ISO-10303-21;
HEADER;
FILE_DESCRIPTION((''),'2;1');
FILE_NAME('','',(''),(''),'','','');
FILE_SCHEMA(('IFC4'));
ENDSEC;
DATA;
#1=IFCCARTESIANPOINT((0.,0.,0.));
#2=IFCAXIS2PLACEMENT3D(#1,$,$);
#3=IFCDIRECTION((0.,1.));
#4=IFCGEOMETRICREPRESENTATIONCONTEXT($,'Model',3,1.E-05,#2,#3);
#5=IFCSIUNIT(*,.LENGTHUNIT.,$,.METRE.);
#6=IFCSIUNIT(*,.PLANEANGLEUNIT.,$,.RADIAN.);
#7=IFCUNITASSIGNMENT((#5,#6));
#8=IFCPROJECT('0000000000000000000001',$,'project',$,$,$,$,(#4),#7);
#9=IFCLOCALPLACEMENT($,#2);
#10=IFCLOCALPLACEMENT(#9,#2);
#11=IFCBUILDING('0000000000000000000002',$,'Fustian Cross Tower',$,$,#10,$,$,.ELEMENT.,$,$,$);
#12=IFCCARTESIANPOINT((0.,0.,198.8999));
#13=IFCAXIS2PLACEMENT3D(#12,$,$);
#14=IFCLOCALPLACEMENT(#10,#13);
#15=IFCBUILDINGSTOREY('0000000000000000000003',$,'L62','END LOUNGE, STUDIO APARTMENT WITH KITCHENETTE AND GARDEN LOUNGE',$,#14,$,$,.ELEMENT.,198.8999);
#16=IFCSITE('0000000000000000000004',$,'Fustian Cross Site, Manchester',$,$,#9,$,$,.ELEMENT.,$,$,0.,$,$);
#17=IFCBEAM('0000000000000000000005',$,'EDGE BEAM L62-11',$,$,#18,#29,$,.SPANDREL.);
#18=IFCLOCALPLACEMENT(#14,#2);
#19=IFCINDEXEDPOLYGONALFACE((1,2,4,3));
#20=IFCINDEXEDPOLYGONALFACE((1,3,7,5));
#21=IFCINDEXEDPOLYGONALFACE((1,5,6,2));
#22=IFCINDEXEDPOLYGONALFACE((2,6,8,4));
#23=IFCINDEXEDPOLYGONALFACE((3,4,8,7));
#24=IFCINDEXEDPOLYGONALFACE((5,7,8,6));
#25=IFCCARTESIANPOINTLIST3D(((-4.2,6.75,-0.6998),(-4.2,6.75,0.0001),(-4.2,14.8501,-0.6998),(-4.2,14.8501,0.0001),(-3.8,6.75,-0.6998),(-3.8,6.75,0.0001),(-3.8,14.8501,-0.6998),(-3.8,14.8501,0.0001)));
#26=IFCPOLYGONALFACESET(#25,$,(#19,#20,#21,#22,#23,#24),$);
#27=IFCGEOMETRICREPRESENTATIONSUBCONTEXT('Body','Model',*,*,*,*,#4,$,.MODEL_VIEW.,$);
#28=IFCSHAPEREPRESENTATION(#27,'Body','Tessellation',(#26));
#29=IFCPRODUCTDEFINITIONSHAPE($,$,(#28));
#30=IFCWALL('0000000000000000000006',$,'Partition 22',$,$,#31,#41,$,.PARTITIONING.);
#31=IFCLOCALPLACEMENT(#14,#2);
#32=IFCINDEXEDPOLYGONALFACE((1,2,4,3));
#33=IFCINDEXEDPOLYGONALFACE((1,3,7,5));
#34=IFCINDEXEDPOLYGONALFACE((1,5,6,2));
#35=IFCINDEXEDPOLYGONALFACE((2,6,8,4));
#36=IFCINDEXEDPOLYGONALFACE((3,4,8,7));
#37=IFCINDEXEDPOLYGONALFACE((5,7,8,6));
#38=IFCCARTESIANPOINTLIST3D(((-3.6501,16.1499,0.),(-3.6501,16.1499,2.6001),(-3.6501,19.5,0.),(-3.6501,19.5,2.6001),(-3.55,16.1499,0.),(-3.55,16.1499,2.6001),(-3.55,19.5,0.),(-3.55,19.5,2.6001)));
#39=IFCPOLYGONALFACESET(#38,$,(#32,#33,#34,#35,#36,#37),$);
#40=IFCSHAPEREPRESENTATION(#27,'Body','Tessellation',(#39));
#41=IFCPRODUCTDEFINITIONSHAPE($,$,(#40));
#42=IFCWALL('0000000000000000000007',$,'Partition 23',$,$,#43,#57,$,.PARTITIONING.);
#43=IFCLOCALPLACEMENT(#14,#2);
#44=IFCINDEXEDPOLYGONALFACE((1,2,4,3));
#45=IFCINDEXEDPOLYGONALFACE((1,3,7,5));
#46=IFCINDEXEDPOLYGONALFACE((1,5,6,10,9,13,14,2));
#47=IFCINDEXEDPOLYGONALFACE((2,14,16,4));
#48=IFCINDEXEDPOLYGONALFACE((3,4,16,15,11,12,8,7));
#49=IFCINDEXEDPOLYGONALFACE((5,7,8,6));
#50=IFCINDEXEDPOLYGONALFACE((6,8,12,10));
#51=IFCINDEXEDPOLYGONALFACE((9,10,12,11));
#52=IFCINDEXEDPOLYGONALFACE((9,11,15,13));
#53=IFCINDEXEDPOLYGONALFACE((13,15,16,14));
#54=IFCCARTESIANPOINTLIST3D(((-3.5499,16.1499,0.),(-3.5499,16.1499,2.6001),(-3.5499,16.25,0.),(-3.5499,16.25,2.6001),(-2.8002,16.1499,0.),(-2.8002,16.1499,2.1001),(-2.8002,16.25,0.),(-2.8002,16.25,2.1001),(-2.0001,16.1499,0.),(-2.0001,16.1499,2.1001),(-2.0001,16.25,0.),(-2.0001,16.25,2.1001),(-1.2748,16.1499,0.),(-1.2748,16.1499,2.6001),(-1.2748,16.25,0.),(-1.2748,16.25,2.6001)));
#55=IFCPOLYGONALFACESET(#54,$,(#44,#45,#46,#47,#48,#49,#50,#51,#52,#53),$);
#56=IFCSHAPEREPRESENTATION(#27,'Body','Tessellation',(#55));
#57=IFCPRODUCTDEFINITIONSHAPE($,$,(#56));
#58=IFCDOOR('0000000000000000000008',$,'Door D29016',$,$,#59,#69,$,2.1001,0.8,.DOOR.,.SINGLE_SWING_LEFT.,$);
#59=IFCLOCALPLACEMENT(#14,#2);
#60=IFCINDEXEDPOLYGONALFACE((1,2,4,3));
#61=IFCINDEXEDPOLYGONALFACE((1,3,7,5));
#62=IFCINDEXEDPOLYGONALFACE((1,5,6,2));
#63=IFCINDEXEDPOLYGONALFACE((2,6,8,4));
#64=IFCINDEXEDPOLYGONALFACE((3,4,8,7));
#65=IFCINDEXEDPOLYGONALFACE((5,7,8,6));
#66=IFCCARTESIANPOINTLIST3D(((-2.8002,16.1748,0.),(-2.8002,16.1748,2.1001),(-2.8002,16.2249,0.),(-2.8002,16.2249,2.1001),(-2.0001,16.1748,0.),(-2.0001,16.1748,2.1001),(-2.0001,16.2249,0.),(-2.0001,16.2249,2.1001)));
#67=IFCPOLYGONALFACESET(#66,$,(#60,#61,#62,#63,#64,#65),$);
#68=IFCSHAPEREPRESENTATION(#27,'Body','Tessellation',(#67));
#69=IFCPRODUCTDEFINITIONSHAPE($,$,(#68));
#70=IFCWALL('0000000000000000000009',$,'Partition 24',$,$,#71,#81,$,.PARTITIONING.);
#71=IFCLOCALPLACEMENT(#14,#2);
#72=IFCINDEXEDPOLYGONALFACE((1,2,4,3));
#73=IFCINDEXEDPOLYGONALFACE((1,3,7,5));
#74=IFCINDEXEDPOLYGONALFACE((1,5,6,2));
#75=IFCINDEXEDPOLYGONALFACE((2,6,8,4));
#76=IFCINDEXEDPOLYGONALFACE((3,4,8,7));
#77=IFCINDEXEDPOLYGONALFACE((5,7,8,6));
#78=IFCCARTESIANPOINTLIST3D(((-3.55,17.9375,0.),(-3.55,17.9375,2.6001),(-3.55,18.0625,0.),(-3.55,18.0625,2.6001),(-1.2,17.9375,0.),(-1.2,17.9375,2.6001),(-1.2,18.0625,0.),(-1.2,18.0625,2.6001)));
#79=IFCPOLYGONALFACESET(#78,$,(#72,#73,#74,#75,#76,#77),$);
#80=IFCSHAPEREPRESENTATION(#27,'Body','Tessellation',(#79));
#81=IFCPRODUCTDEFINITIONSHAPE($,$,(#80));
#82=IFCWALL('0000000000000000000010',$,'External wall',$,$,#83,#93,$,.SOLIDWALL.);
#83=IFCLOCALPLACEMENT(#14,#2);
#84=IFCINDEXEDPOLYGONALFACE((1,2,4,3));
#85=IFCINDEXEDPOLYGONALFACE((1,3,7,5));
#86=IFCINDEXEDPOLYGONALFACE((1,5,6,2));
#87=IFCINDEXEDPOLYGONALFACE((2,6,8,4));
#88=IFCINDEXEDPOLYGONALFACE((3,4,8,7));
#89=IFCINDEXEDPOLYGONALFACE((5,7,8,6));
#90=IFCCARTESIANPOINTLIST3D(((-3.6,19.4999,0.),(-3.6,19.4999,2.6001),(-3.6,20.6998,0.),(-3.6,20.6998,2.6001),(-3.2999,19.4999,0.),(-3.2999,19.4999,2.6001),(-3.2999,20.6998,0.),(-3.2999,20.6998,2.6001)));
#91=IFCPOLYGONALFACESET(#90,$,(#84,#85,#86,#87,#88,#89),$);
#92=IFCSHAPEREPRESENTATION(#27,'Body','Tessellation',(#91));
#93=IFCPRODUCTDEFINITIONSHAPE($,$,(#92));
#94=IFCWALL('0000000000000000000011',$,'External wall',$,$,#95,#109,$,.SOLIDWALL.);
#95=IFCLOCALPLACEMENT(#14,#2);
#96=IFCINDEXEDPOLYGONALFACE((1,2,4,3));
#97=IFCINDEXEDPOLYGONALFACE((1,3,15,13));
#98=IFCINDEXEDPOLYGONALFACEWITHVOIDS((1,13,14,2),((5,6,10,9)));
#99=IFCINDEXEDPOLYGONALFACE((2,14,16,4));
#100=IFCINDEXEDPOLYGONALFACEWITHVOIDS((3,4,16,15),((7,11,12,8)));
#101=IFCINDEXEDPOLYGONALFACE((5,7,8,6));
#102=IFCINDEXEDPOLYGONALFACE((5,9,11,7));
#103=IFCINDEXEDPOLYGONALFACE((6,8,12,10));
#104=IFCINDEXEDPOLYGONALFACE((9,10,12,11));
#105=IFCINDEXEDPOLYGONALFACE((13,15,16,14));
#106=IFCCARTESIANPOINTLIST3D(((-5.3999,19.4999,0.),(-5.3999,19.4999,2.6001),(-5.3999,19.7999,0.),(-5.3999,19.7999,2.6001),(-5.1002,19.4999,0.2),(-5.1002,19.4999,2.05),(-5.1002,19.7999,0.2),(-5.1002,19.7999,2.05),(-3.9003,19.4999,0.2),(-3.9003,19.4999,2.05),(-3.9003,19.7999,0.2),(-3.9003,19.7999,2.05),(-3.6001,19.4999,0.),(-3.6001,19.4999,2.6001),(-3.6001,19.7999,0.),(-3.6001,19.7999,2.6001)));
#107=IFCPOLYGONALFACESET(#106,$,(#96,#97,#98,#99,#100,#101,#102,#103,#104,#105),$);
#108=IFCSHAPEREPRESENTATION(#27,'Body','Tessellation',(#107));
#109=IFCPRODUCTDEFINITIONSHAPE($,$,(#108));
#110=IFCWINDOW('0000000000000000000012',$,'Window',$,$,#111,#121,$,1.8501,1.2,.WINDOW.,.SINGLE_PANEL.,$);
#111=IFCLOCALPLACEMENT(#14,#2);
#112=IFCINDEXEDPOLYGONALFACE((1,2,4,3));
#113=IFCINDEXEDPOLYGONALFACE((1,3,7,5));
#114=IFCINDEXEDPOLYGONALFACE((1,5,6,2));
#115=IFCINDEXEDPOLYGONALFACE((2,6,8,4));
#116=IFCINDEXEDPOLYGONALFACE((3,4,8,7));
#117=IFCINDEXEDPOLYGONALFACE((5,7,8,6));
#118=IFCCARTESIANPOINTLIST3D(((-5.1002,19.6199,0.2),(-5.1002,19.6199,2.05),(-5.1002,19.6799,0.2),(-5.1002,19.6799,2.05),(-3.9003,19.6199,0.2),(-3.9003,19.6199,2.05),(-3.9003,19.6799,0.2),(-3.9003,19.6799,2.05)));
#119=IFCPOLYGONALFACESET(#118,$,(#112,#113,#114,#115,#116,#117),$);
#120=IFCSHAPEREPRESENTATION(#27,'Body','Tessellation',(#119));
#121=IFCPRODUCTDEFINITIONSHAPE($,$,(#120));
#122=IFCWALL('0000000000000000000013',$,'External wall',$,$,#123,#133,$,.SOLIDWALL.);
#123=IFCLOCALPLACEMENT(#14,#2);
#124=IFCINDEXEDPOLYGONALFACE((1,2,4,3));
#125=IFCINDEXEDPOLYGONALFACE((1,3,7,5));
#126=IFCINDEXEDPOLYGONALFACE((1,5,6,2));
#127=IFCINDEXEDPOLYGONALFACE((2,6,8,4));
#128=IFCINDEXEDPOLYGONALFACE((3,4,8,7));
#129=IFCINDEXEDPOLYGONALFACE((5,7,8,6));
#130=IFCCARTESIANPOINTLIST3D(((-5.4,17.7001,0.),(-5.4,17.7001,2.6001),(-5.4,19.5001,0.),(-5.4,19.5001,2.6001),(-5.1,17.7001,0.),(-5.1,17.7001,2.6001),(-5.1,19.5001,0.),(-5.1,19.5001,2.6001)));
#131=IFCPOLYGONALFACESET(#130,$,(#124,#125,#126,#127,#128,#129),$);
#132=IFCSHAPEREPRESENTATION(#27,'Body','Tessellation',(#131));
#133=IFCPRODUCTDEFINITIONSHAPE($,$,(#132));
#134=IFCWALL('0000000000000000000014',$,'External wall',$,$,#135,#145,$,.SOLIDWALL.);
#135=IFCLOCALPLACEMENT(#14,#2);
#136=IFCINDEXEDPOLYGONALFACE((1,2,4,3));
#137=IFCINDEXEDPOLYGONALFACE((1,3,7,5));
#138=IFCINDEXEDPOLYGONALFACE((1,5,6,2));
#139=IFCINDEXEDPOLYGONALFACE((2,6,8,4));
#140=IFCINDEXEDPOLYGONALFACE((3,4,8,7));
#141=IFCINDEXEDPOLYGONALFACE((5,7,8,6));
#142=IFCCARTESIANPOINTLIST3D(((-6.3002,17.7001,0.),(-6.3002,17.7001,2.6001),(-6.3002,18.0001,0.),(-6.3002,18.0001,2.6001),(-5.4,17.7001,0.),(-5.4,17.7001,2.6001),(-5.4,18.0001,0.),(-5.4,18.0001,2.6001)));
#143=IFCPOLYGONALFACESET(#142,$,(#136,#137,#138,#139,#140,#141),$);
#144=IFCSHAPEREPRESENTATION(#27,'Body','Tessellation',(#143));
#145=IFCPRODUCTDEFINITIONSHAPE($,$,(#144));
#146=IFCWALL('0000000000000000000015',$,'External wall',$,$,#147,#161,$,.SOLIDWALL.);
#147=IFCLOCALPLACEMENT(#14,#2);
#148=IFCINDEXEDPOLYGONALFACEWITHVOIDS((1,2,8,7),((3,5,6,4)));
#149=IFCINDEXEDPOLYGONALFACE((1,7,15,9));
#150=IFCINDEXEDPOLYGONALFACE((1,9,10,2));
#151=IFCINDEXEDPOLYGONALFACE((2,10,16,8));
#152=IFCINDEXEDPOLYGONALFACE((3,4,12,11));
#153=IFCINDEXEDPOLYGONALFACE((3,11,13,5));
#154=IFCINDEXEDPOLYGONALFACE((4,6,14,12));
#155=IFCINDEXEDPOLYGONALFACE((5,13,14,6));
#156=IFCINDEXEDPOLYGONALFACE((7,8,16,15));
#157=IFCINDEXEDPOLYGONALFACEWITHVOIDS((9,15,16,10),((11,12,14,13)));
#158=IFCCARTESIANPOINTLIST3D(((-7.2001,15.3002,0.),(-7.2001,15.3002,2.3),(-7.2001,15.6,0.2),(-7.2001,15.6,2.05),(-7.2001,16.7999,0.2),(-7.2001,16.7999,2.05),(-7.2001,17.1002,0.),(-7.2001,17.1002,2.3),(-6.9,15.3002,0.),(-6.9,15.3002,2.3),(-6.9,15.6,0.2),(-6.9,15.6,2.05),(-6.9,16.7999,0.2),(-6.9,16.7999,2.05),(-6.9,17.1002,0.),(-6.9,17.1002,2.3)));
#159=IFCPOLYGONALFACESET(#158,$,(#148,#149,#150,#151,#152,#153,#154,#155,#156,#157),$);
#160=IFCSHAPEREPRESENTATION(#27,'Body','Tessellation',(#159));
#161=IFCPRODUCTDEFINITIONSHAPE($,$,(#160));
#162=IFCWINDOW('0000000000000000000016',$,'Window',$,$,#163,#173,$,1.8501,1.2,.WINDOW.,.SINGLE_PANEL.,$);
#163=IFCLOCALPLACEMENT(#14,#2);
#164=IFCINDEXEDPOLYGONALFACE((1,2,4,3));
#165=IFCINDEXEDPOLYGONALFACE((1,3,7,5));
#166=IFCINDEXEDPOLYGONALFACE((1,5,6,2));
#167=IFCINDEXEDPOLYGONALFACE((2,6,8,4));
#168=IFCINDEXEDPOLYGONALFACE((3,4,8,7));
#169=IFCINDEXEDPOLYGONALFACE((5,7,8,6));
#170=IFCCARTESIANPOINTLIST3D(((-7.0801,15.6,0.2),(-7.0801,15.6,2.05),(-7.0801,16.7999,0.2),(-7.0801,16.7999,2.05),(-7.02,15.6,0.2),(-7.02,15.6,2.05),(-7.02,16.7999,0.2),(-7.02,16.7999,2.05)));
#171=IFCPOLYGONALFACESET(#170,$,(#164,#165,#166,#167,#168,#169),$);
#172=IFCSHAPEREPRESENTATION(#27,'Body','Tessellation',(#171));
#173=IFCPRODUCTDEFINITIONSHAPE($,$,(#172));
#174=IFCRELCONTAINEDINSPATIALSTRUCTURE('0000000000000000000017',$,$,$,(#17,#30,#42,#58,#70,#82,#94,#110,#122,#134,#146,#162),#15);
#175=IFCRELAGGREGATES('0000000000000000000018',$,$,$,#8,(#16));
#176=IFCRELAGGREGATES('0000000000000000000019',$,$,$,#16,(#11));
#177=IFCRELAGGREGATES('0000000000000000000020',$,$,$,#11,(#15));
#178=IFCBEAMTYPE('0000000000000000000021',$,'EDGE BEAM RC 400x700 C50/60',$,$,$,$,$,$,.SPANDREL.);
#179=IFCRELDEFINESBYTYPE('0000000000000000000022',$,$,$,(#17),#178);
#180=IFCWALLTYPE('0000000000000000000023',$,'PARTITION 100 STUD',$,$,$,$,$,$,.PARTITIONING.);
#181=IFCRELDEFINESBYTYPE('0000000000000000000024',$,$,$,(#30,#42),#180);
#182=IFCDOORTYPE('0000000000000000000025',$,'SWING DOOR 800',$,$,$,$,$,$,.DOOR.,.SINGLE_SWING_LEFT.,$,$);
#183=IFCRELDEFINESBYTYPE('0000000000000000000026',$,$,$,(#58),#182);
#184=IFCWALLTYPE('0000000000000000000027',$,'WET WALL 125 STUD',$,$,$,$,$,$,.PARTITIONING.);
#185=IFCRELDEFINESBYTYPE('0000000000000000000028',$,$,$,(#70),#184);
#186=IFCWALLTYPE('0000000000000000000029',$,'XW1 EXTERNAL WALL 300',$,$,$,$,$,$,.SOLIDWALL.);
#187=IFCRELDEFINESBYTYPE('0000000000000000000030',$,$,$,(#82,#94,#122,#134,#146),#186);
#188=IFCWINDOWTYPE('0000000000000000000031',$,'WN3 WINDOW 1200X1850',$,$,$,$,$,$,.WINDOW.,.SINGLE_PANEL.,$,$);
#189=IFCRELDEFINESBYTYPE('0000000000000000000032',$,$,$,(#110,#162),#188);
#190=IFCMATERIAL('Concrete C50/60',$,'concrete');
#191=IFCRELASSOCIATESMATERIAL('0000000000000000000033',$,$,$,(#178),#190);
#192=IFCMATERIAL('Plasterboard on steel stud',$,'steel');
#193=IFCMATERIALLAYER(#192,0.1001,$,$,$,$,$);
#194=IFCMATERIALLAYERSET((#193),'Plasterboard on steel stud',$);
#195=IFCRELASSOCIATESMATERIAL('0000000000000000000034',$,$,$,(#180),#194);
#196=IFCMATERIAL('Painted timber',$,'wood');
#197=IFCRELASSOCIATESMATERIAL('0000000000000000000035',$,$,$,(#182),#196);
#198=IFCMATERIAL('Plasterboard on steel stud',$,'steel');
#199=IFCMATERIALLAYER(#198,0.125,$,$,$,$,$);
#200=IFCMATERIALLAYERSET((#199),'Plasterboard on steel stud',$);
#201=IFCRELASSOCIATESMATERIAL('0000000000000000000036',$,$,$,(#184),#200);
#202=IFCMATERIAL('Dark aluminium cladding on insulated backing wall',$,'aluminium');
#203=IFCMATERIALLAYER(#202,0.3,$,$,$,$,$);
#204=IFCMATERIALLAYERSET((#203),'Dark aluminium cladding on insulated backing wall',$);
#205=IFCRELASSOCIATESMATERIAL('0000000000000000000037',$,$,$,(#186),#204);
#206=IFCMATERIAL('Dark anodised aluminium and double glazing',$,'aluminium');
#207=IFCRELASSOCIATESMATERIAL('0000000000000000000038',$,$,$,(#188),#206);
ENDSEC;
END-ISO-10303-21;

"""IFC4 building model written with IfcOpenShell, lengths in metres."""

from ifc_helpers import new_model, si_unit, direction, frame, frame_2d, origin, origin_2d, place, context, subcontext, project, spatial, rectangle, extrude, material, layer, layer_set, material_profile, profile_set, type_object, element, fill, save


model = new_model("IFC4")

# Units and contexts
model_context = context("Model", 3, precision=1e-05, world=origin(), true_north=direction((0.0, 1.0)))
body_context = subcontext(model_context, "Body", "Model", "MODEL_VIEW")
ifc_project = project(units=[si_unit("LENGTHUNIT", "METRE"), si_unit("PLANEANGLEUNIT", "RADIAN")], contexts=[model_context])

# Site, building, storey
site_placement = place(None, origin())
site = spatial("IfcSite", under=ifc_project, at=site_placement, Name="Fustian Cross Site, Manchester", CompositionType="ELEMENT", RefElevation=0.0)
building_placement = place(site_placement, origin())
building = spatial("IfcBuilding", under=site, at=building_placement, Name="Fustian Cross Tower", CompositionType="ELEMENT")
storey_placement = place(building_placement, frame((0.0, 0.0, 198.8999)))
storey = spatial("IfcBuildingStorey", under=building, at=storey_placement, Name="L62", Description="END LOUNGE, STUDIO APARTMENT WITH KITCHENETTE AND GARDEN LOUNGE", CompositionType="ELEMENT", Elevation=198.8999)

# Beam
ifc_material_1 = material(Name="Concrete C50/60", Category="concrete")
ifc_material_profile_1 = material_profile(ifc_material_1, rectangle(XDim=0.3999, YDim=0.7, at=origin_2d()), Name="RC 400x700")
ifc_profile_set_1 = profile_set([ifc_material_profile_1], Name="Concrete C50/60")
beam_type = type_object("IfcBeamType", Name="EDGE BEAM RC 400x700 C50/60", PredefinedType="SPANDREL", material=ifc_profile_set_1)
beam_1_placement = place(storey_placement, frame((-4.0, 14.8501, -0.3499), z_axis=(0.0, -1.0, 0.0), x_axis=(1.0, 0.0, 0.0)))
element("IfcBeam", 1, at=beam_1_placement, inside=storey, type_object=beam_type, Name="EDGE BEAM L62-11", PredefinedType="SPANDREL", context=body_context, shape_type="SweptSolid", body=[
    extrude(rectangle(XDim=0.3999, YDim=0.7, at=origin_2d()), origin(), (0.0, 0.0, 1.0), 8.1001),
])

# Wall
ifc_material_2 = material(Name="Plasterboard on steel stud", Category="steel")
ifc_layer_1 = layer(ifc_material_2, 0.1001)
ifc_layer_set_1 = layer_set([ifc_layer_1], Name="Plasterboard on steel stud")
wall_type_1 = type_object("IfcWallType", Name="PARTITION 100 STUD", PredefinedType="PARTITIONING", material=ifc_layer_set_1)
wall_1_placement = place(storey_placement, frame((-3.6001, 16.1499, 0.0), z_axis=(0.0, 0.0, 1.0), x_axis=(0.0, 1.0, 0.0)))
element("IfcWall", 2, at=wall_1_placement, inside=storey, type_object=wall_type_1, Name="Partition 22", PredefinedType="PARTITIONING", context=body_context, shape_type="SweptSolid", body=[
    extrude(rectangle(XDim=3.3501, YDim=0.1001, at=frame_2d((1.675, 0.0))), origin(), (0.0, 0.0, 1.0), 2.6001),
])

# Wall, opening, door
wall_2_placement = place(storey_placement, frame((-3.55, 16.2, 0.0), z_axis=(0.0, 0.0, 1.0), x_axis=(1.0, 0.0, 0.0)))
wall_2 = element("IfcWall", 3, at=wall_2_placement, inside=storey, type_object=wall_type_1, Name="Partition 23", PredefinedType="PARTITIONING", context=body_context, shape_type="SweptSolid", body=[
    extrude(rectangle(XDim=2.2751, YDim=0.1001, at=frame_2d((1.1377, 0.0))), origin(), (0.0, 0.0, 1.0), 2.6001),
])
opening_1_placement = place(wall_2_placement, frame((0.75, 0.0, 0.0)))
opening_1 = element("IfcOpeningElement", 4, at=opening_1_placement, cuts=wall_2, PredefinedType="OPENING", context=body_context, shape_type="SweptSolid", body=[
    extrude(rectangle(XDim=0.8, YDim=2.1001, at=frame_2d((0.3999, 1.05))), frame((0.0, 0.0601, 0.0), z_axis=(0.0, -1.0, 0.0), x_axis=(1.0, 0.0, 0.0)), (0.0, 0.0, 1.0), 0.1201),
])
ifc_material_3 = material(Name="Painted timber", Category="wood")
door_type = type_object("IfcDoorType", Name="SWING DOOR 800", OperationType="SINGLE_SWING_LEFT", PredefinedType="DOOR", material=ifc_material_3)
door_placement = place(opening_1_placement, origin())
door = element("IfcDoor", 5, at=door_placement, inside=storey, type_object=door_type, Name="Door D29016", OperationType="SINGLE_SWING_LEFT", OverallHeight=2.1001, OverallWidth=0.8, PredefinedType="DOOR", context=body_context, shape_type="SweptSolid", body=[
    extrude(rectangle(XDim=0.8, YDim=2.1001, at=frame_2d((0.3999, 1.05))), frame((0.0, 0.0249, 0.0), z_axis=(0.0, -1.0, 0.0), x_axis=(1.0, 0.0, 0.0)), (0.0, 0.0, 1.0), 0.05),
])
fill(opening_1, door)

# Walls
ifc_material_4 = material(Name="Plasterboard on steel stud", Category="steel")
ifc_layer_2 = layer(ifc_material_4, 0.125)
ifc_layer_set_2 = layer_set([ifc_layer_2], Name="Plasterboard on steel stud")
wall_type_2 = type_object("IfcWallType", Name="WET WALL 125 STUD", PredefinedType="PARTITIONING", material=ifc_layer_set_2)
wall_3_placement = place(storey_placement, frame((-3.55, 18.0, 0.0), z_axis=(0.0, 0.0, 1.0), x_axis=(1.0, 0.0, 0.0)))
element("IfcWall", 6, at=wall_3_placement, inside=storey, type_object=wall_type_2, Name="Partition 24", PredefinedType="PARTITIONING", context=body_context, shape_type="SweptSolid", body=[
    extrude(rectangle(XDim=2.3501, YDim=0.125, at=frame_2d((1.175, 0.0))), origin(), (0.0, 0.0, 1.0), 2.6001),
])
ifc_material_5 = material(Name="Dark aluminium cladding on insulated backing wall", Category="aluminium")
ifc_layer_3 = layer(ifc_material_5, 0.3)
ifc_layer_set_3 = layer_set([ifc_layer_3], Name="Dark aluminium cladding on insulated backing wall")
wall_type_3 = type_object("IfcWallType", Name="XW1 EXTERNAL WALL 300", PredefinedType="SOLIDWALL", material=ifc_layer_set_3)
wall_4_placement = place(storey_placement, frame((-3.45, 20.7, 0.0), z_axis=(0.0, 0.0, 1.0), x_axis=(0.0, -1.0, 0.0)))
element("IfcWall", 7, at=wall_4_placement, inside=storey, type_object=wall_type_3, Name="External wall", PredefinedType="SOLIDWALL", context=body_context, shape_type="SweptSolid", body=[
    extrude(rectangle(XDim=1.2, YDim=0.3, at=frame_2d((0.6001, 0.0))), origin(), (0.0, 0.0, 1.0), 2.6001),
])

# Wall, opening, window
wall_5_placement = place(storey_placement, frame((-3.6001, 19.6499, 0.0), z_axis=(0.0, 0.0, 1.0), x_axis=(-1.0, 0.0, 0.0)))
wall_5 = element("IfcWall", 8, at=wall_5_placement, inside=storey, type_object=wall_type_3, Name="External wall", PredefinedType="SOLIDWALL", context=body_context, shape_type="SweptSolid", body=[
    extrude(rectangle(XDim=1.7998, YDim=0.3, at=frame_2d((0.8999, 0.0))), origin(), (0.0, 0.0, 1.0), 2.6001),
])
opening_2_placement = place(wall_5_placement, frame((0.3, 0.0, 0.2)))
opening_2 = element("IfcOpeningElement", 9, at=opening_2_placement, cuts=wall_5, PredefinedType="OPENING", context=body_context, shape_type="SweptSolid", body=[
    extrude(rectangle(XDim=1.2, YDim=1.8501, at=frame_2d((0.6001, 0.925))), frame((0.0, 0.1599, 0.0), z_axis=(0.0, -1.0, 0.0), x_axis=(1.0, 0.0, 0.0)), (0.0, 0.0, 1.0), 0.3201),
])
ifc_material_6 = material(Name="Dark anodised aluminium and double glazing", Category="aluminium")
window_type = type_object("IfcWindowType", Name="WN3 WINDOW 1200X1850", PartitioningType="SINGLE_PANEL", PredefinedType="WINDOW", material=ifc_material_6)
window_1_placement = place(opening_2_placement, origin())
window_1 = element("IfcWindow", 10, at=window_1_placement, inside=storey, type_object=window_type, Name="Window", OverallHeight=1.8501, OverallWidth=1.2, PartitioningType="SINGLE_PANEL", PredefinedType="WINDOW", context=body_context, shape_type="SweptSolid", body=[
    extrude(rectangle(XDim=1.2, YDim=1.8501, at=frame_2d((0.6001, 0.925))), frame((0.0, 0.03, 0.0), z_axis=(0.0, -1.0, 0.0), x_axis=(1.0, 0.0, 0.0)), (0.0, 0.0, 1.0), 0.0601),
])
fill(opening_2, window_1)

# Walls
wall_6_placement = place(storey_placement, frame((-5.25, 19.5, 0.0), z_axis=(0.0, 0.0, 1.0), x_axis=(0.0, -1.0, 0.0)))
element("IfcWall", 11, at=wall_6_placement, inside=storey, type_object=wall_type_3, Name="External wall", PredefinedType="SOLIDWALL", context=body_context, shape_type="SweptSolid", body=[
    extrude(rectangle(XDim=1.8, YDim=0.3, at=frame_2d((0.8999, 0.0))), origin(), (0.0, 0.0, 1.0), 2.6001),
])
wall_7_placement = place(storey_placement, frame((-5.3999, 17.8501, 0.0), z_axis=(0.0, 0.0, 1.0), x_axis=(-1.0, 0.0, 0.0)))
element("IfcWall", 12, at=wall_7_placement, inside=storey, type_object=wall_type_3, Name="External wall", PredefinedType="SOLIDWALL", context=body_context, shape_type="SweptSolid", body=[
    extrude(rectangle(XDim=0.9001, YDim=0.3, at=frame_2d((0.4502, 0.0))), origin(), (0.0, 0.0, 1.0), 2.6001),
])

# Wall, opening, window
wall_8_placement = place(storey_placement, frame((-7.05, 17.1001, 0.0), z_axis=(0.0, 0.0, 1.0), x_axis=(0.0, -1.0, 0.0)))
wall_8 = element("IfcWall", 13, at=wall_8_placement, inside=storey, type_object=wall_type_3, Name="External wall", PredefinedType="SOLIDWALL", context=body_context, shape_type="SweptSolid", body=[
    extrude(rectangle(XDim=1.8, YDim=0.3, at=frame_2d((0.8999, 0.0))), origin(), (0.0, 0.0, 1.0), 2.3),
])
opening_3_placement = place(wall_8_placement, frame((0.3, 0.0, 0.2)))
opening_3 = element("IfcOpeningElement", 14, at=opening_3_placement, cuts=wall_8, PredefinedType="OPENING", context=body_context, shape_type="SweptSolid", body=[
    extrude(rectangle(XDim=1.2, YDim=1.8501, at=frame_2d((0.6001, 0.925))), frame((0.0, 0.1599, 0.0), z_axis=(0.0, -1.0, 0.0), x_axis=(1.0, 0.0, 0.0)), (0.0, 0.0, 1.0), 0.3201),
])
window_2_placement = place(opening_3_placement, origin())
window_2 = element("IfcWindow", 15, at=window_2_placement, inside=storey, type_object=window_type, Name="Window", OverallHeight=1.8501, OverallWidth=1.2, PartitioningType="SINGLE_PANEL", PredefinedType="WINDOW", context=body_context, shape_type="SweptSolid", body=[
    extrude(rectangle(XDim=1.2, YDim=1.8501, at=frame_2d((0.6001, 0.925))), frame((0.0, 0.03, 0.0), z_axis=(0.0, -1.0, 0.0), x_axis=(1.0, 0.0, 0.0)), (0.0, 0.0, 1.0), 0.0601),
])
fill(opening_3, window_2)

save(model, "model.ifc")
